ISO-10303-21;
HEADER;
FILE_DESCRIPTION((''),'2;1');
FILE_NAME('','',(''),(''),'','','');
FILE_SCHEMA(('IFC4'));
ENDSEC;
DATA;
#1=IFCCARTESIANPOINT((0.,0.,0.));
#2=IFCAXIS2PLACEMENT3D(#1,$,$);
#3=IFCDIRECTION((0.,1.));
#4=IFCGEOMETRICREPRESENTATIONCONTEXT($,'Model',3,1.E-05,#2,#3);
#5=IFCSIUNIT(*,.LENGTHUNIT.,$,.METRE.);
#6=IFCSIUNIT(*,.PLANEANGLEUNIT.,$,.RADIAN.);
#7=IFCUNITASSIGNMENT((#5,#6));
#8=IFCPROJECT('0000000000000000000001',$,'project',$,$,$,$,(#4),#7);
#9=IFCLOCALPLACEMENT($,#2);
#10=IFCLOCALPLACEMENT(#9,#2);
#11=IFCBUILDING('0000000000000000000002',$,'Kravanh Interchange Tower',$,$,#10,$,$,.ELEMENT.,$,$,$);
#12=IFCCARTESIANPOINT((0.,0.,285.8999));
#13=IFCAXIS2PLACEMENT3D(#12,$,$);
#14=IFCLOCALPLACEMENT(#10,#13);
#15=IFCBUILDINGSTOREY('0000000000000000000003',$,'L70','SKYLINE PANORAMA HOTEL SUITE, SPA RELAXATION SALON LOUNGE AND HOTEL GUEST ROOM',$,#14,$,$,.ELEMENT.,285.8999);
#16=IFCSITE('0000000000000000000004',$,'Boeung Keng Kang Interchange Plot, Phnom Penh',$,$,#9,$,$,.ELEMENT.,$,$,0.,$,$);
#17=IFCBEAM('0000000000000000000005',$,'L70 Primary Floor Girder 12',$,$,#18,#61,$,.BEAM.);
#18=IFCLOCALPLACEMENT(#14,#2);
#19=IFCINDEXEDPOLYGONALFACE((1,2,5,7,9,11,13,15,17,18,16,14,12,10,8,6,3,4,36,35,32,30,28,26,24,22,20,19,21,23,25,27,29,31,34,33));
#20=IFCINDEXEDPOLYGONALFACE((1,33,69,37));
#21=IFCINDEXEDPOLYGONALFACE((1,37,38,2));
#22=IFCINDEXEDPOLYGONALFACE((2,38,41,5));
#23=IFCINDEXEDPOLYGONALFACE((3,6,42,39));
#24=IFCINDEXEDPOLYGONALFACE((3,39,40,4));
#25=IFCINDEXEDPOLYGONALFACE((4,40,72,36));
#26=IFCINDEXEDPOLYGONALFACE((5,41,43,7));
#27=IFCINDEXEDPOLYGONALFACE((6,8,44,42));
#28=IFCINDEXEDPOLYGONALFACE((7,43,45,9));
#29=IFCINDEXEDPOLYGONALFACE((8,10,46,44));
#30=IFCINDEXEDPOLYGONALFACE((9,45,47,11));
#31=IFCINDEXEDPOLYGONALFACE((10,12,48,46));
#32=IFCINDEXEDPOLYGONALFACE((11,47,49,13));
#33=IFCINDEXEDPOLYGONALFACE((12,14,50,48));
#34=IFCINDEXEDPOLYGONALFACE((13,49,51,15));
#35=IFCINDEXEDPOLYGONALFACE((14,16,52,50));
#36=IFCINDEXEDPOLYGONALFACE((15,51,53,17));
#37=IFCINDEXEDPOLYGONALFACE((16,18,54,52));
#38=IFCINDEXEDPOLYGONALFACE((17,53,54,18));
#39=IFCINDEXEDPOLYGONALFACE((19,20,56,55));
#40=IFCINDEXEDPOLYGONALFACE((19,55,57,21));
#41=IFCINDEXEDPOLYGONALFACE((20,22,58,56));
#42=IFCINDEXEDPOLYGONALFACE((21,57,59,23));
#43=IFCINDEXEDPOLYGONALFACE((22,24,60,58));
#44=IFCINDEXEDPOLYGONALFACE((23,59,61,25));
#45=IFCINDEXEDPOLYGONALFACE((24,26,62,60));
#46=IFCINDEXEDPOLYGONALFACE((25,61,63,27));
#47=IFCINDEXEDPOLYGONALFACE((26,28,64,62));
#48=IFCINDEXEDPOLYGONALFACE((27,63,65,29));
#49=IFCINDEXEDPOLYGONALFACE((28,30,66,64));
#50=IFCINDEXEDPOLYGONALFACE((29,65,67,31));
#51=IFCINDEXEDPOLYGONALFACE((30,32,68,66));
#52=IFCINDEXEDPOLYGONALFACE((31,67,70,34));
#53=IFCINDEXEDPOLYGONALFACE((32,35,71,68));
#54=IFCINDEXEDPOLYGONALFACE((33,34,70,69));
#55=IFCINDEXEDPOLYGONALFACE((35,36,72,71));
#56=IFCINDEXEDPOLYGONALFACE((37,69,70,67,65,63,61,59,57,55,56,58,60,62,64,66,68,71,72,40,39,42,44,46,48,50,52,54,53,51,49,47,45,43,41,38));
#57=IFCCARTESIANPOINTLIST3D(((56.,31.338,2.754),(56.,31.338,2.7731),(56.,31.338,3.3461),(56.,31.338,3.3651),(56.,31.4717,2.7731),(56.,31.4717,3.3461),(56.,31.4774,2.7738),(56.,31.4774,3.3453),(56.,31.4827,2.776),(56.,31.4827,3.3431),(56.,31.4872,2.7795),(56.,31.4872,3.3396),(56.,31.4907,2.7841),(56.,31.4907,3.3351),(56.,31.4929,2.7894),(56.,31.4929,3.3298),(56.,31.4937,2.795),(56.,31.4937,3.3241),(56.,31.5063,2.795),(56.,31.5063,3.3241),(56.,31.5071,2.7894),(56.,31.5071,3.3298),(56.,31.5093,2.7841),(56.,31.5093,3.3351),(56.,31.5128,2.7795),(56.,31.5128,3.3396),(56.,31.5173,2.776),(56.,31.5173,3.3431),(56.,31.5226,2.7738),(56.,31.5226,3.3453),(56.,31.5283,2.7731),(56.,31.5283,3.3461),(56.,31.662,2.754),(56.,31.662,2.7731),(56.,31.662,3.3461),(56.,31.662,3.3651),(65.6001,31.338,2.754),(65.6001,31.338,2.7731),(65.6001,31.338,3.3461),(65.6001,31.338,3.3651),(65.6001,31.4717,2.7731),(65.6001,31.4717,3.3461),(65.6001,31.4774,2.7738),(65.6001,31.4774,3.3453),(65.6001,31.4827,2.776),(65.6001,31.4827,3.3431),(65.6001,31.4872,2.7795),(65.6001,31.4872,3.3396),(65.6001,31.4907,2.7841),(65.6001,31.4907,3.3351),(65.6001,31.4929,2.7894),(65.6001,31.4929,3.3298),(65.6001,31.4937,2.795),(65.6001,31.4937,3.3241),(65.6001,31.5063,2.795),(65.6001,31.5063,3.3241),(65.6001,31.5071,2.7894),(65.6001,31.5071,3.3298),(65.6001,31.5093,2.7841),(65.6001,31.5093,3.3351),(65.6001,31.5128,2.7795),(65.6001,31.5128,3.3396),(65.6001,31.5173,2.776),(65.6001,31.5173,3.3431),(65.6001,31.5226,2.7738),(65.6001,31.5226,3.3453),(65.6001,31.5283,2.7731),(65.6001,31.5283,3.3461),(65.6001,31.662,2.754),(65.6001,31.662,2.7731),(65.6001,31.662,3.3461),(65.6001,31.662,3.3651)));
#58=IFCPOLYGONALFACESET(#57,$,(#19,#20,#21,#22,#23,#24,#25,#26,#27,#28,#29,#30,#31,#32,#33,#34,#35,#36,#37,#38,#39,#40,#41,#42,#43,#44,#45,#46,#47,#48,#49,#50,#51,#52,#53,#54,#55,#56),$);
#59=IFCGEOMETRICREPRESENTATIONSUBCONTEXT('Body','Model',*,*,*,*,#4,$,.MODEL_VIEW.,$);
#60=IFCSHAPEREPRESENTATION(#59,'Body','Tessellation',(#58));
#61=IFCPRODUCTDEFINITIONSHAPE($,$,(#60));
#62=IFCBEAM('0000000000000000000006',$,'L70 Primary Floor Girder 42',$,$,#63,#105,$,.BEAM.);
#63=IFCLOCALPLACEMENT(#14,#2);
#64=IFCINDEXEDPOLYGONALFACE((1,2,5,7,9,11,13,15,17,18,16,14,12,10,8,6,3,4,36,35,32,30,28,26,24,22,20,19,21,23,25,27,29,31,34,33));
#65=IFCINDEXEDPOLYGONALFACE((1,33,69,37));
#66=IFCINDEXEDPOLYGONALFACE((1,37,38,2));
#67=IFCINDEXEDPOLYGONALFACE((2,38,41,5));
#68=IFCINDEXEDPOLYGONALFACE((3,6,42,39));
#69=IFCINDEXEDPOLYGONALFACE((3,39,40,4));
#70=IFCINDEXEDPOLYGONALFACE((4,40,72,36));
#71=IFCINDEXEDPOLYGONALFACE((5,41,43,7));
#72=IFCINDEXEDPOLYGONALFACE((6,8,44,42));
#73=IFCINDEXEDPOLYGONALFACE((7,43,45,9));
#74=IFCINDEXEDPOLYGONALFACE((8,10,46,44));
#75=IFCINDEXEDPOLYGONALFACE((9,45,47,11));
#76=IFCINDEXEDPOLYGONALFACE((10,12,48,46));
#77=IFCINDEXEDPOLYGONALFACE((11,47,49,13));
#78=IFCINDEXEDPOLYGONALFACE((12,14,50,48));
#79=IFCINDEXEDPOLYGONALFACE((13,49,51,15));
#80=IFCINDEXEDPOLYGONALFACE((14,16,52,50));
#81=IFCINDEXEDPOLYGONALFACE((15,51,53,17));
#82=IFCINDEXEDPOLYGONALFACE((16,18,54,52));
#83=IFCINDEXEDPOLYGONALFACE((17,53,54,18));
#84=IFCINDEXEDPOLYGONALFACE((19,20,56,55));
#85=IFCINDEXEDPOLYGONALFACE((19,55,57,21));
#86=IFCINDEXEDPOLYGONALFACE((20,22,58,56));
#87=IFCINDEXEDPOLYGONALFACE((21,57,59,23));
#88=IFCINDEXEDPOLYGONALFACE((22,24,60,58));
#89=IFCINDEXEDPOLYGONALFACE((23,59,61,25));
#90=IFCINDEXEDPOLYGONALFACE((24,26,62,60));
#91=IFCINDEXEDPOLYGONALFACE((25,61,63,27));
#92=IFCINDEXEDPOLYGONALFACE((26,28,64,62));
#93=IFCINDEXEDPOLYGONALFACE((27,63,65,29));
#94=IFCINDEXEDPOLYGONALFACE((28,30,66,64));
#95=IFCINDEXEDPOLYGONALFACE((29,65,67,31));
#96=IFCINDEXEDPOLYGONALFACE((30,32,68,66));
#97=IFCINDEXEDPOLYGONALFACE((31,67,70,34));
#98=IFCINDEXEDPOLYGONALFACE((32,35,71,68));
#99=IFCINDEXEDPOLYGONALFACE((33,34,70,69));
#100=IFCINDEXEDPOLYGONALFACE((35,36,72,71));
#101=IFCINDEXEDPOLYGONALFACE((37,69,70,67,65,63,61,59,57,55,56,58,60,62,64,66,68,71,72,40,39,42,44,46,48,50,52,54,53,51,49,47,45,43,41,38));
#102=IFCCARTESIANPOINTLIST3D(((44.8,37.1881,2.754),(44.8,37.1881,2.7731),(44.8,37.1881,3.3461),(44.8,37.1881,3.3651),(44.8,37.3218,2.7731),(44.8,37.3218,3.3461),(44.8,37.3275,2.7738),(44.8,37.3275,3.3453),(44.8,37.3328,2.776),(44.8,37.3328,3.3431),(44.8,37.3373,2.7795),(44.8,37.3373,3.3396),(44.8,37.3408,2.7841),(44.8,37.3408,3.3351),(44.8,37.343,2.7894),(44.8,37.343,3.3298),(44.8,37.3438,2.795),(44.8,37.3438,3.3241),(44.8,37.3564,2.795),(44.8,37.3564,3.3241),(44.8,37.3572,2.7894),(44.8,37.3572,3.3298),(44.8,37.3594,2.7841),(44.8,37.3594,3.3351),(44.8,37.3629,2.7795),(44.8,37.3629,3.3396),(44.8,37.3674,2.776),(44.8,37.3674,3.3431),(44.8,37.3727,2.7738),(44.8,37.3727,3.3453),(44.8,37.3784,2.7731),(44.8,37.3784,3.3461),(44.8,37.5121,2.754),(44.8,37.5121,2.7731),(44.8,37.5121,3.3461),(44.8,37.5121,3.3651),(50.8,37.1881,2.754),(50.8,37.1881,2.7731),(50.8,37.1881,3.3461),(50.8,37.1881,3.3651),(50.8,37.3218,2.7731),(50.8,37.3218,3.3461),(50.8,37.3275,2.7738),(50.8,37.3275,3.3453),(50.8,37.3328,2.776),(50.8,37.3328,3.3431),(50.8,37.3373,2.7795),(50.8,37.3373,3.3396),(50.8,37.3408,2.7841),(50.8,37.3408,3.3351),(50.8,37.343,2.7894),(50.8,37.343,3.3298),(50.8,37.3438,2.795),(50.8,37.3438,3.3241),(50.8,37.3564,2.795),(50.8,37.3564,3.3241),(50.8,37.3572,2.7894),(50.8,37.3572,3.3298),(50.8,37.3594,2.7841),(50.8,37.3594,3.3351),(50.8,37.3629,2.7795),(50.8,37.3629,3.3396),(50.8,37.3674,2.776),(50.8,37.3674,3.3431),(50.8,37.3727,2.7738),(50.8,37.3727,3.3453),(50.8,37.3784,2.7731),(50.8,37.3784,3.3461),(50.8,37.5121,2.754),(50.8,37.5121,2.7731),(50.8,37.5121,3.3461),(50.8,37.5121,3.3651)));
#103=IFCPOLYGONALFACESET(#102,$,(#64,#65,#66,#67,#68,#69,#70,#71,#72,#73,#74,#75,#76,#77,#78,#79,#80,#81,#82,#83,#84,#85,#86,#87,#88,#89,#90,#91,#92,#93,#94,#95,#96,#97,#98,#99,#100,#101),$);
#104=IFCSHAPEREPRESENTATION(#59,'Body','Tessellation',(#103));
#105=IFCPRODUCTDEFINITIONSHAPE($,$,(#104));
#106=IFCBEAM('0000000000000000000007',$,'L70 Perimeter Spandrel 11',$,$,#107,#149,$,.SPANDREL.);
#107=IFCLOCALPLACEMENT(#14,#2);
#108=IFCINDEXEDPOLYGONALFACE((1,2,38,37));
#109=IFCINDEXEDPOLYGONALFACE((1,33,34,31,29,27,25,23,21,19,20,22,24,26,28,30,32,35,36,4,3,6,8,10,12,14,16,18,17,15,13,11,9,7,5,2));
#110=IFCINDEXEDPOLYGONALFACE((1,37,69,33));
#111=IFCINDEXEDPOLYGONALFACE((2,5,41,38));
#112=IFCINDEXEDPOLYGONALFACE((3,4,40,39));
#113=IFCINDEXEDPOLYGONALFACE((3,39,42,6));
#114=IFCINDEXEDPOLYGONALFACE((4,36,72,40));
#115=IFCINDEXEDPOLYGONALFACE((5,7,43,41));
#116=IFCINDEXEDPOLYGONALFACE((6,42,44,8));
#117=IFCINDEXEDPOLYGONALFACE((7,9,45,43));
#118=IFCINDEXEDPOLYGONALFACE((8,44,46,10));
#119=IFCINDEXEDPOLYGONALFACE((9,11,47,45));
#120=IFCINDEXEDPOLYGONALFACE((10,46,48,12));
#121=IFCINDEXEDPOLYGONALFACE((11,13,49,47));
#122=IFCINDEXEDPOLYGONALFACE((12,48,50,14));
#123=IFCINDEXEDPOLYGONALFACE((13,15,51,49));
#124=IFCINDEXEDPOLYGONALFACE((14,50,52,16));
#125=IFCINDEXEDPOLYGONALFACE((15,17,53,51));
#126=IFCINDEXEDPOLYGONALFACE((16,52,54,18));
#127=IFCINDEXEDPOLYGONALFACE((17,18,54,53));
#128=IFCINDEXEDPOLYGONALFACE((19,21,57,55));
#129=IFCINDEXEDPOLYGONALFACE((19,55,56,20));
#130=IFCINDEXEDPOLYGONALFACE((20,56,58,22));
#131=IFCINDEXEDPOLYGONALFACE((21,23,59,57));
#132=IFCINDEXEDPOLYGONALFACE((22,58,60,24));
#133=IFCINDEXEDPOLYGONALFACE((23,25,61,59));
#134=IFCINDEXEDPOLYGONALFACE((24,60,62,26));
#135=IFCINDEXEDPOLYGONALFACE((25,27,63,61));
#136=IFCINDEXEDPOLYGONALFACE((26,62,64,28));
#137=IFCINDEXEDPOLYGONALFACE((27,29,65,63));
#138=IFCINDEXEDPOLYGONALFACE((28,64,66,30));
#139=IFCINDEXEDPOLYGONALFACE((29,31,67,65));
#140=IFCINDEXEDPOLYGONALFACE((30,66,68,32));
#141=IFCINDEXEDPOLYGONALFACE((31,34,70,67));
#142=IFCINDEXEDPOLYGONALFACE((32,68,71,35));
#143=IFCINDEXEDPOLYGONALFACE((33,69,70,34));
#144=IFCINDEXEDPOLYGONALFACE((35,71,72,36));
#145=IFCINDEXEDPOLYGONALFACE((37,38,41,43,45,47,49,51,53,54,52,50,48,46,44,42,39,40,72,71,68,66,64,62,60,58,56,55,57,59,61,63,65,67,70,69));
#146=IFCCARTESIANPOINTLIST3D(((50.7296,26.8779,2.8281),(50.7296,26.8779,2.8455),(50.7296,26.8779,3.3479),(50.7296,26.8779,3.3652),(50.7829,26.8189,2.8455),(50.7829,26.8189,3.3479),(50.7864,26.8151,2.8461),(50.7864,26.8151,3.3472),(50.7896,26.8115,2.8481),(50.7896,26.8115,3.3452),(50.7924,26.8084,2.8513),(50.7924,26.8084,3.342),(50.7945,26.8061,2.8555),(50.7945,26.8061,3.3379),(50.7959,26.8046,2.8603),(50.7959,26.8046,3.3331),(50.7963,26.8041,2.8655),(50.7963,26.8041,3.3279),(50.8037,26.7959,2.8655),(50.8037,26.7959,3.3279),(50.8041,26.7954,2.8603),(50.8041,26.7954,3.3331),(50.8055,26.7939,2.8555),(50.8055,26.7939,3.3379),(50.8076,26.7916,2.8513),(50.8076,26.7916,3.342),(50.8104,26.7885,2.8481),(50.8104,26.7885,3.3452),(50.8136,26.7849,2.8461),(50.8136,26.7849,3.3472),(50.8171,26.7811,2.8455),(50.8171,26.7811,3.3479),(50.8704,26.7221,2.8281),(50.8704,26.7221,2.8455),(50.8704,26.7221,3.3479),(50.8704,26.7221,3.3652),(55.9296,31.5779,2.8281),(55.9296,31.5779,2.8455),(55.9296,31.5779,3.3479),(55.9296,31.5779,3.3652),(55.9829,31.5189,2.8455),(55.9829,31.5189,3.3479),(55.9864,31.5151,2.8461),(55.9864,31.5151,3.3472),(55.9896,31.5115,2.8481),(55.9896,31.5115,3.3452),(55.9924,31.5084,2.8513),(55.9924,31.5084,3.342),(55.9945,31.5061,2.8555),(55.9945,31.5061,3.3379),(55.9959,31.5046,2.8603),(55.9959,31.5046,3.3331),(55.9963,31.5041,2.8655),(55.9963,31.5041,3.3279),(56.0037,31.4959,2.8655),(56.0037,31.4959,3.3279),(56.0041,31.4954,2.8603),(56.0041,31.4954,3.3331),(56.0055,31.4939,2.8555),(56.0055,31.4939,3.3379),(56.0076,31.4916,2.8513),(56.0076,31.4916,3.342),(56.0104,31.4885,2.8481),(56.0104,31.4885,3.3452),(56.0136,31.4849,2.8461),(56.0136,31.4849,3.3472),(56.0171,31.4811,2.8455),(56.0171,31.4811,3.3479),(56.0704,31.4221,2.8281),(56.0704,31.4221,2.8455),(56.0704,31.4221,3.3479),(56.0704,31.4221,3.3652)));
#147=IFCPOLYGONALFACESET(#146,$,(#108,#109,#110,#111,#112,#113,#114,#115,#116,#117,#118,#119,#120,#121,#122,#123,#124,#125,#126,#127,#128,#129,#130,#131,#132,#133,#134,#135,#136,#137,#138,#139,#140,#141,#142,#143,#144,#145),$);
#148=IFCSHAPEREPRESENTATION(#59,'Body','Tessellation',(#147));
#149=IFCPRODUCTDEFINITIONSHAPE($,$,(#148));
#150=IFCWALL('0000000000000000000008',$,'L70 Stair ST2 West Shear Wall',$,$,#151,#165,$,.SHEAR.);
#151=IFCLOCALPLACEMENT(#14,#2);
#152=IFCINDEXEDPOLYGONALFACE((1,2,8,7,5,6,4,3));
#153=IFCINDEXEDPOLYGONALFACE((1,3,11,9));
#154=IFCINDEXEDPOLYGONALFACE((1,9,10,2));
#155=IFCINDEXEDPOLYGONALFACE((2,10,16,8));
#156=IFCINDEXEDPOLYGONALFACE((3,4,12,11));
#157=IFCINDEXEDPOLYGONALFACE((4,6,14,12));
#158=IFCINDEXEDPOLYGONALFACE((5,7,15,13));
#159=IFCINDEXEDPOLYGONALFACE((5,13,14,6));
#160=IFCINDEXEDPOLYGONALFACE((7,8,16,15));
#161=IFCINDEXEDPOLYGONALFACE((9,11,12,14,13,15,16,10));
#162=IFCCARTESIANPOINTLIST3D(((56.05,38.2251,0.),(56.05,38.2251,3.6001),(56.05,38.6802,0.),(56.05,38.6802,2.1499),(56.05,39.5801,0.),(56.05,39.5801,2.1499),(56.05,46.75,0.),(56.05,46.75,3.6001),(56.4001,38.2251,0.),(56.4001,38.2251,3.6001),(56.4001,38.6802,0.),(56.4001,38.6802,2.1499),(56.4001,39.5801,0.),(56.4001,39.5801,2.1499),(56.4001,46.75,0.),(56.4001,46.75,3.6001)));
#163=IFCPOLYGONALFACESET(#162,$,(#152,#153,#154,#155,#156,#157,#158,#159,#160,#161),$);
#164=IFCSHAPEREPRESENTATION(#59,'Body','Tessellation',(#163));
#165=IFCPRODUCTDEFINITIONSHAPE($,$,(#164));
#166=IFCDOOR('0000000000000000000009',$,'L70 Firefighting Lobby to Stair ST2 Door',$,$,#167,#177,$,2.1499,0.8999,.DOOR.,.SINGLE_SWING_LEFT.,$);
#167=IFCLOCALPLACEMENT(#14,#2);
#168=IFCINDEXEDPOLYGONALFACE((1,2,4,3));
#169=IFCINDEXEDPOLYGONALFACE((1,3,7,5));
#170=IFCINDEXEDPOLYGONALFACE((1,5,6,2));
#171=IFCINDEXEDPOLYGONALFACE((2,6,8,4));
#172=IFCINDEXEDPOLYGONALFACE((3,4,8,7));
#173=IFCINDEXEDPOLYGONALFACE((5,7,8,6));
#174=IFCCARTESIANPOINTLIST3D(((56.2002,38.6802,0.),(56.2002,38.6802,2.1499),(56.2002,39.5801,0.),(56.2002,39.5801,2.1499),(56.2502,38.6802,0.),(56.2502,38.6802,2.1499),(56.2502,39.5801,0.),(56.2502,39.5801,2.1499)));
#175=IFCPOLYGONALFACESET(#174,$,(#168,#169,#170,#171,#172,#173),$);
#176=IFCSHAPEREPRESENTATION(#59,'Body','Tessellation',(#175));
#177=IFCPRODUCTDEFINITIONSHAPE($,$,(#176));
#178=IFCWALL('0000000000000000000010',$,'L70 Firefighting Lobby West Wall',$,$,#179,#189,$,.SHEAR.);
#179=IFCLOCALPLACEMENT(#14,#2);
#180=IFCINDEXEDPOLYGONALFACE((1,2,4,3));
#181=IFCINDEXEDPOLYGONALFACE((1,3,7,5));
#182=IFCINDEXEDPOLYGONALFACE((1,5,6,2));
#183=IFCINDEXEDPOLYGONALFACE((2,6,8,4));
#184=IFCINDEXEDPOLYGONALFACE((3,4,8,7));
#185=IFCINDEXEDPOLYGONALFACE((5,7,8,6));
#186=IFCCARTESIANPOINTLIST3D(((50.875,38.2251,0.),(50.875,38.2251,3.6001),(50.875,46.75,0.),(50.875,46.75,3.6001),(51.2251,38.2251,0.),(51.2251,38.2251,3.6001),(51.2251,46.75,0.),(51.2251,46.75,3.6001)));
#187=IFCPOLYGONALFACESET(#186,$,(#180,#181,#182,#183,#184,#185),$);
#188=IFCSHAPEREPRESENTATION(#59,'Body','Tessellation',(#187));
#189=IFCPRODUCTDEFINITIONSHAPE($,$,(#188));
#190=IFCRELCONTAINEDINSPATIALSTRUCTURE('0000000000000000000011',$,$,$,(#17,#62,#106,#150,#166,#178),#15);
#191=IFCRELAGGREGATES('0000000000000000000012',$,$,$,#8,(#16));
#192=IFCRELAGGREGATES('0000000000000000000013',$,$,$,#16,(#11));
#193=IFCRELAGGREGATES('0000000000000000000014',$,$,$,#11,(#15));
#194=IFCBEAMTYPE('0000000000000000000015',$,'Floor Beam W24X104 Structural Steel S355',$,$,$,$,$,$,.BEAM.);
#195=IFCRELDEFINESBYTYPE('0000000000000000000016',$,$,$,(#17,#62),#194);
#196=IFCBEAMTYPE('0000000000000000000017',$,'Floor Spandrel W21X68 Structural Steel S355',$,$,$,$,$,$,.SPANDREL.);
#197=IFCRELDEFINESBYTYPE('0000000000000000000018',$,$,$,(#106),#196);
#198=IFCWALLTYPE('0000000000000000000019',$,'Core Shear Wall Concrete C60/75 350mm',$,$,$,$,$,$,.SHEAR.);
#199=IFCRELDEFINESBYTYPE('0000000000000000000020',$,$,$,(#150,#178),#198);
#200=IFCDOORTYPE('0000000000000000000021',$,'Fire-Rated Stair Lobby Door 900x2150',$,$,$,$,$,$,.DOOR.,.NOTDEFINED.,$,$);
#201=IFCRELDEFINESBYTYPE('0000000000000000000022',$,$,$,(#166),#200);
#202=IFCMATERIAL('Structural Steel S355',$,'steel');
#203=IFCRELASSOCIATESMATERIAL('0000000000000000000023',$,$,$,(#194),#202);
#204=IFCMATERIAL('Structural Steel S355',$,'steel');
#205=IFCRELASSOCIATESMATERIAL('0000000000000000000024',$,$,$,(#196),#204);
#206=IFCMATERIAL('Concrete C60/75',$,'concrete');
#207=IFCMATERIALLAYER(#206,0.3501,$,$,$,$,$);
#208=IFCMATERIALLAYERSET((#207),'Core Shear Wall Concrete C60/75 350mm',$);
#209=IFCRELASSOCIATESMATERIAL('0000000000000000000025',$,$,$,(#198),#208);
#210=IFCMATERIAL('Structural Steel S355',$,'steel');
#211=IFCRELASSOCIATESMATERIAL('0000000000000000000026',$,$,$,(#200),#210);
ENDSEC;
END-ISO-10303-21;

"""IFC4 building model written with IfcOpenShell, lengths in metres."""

from ifc_helpers import new_model, si_unit, direction, frame, frame_2d, origin, origin_2d, place, context, subcontext, project, spatial, rectangle, i_section, extrude, material, layer, layer_set, material_profile, profile_set, type_object, element, fill, save


model = new_model("IFC4")

# Units and contexts
model_context = context("Model", 3, precision=1e-05, world=origin(), true_north=direction((0.0, 1.0)))
body_context = subcontext(model_context, "Body", "Model", "MODEL_VIEW")
ifc_project = project(units=[si_unit("LENGTHUNIT", "METRE"), si_unit("PLANEANGLEUNIT", "RADIAN")], contexts=[model_context])

# Site, building, storey
site_placement = place(None, origin())
site = spatial("IfcSite", under=ifc_project, at=site_placement, Name="Boeung Keng Kang Interchange Plot, Phnom Penh", CompositionType="ELEMENT", RefElevation=0.0)
building_placement = place(site_placement, origin())
building = spatial("IfcBuilding", under=site, at=building_placement, Name="Kravanh Interchange Tower", CompositionType="ELEMENT")
storey_placement = place(building_placement, frame((0.0, 0.0, 285.8999)))
storey = spatial("IfcBuildingStorey", under=building, at=storey_placement, Name="L70", Description="SKYLINE PANORAMA HOTEL SUITE, SPA RELAXATION SALON LOUNGE AND HOTEL GUEST ROOM", CompositionType="ELEMENT", Elevation=285.8999)

# Beams
ifc_material_1 = material(Name="Structural Steel S355", Category="steel")
ifc_material_profile_1 = material_profile(ifc_material_1, i_section(OverallWidth=0.324, OverallDepth=0.6111, WebThickness=0.0127, FlangeThickness=0.019, FilletRadius=0.022, at=origin_2d()), Name="W24X104")
ifc_profile_set_1 = profile_set([ifc_material_profile_1], Name="Structural Steel S355")
beam_type_1 = type_object("IfcBeamType", Name="Floor Beam W24X104 Structural Steel S355", PredefinedType="BEAM", material=ifc_profile_set_1)
beam_1_placement = place(storey_placement, frame((56.0, 31.5, 3.0596), z_axis=(1.0, 0.0, 0.0), x_axis=(0.0, 1.0, 0.0)))
element("IfcBeam", 1, at=beam_1_placement, inside=storey, type_object=beam_type_1, Name="L70 Primary Floor Girder 12", PredefinedType="BEAM", context=body_context, shape_type="SweptSolid", body=[
    extrude(i_section(OverallWidth=0.324, OverallDepth=0.6111, WebThickness=0.0127, FlangeThickness=0.019, FilletRadius=0.022, at=origin_2d()), origin(), (0.0, 0.0, 1.0), 9.6001),
])
beam_2_placement = place(storey_placement, frame((50.8, 37.3501, 3.0596), z_axis=(-1.0, 0.0, 0.0), x_axis=(0.0, -1.0, 0.0)))
element("IfcBeam", 2, at=beam_2_placement, inside=storey, type_object=beam_type_1, Name="L70 Primary Floor Girder 42", PredefinedType="BEAM", context=body_context, shape_type="SweptSolid", body=[
    extrude(i_section(OverallWidth=0.324, OverallDepth=0.6111, WebThickness=0.0127, FlangeThickness=0.019, FilletRadius=0.022, at=origin_2d()), origin(), (0.0, 0.0, 1.0), 6.0),
])
ifc_material_2 = material(Name="Structural Steel S355", Category="steel")
ifc_material_profile_2 = material_profile(ifc_material_2, i_section(OverallWidth=0.21, OverallDepth=0.5371, WebThickness=0.011, FlangeThickness=0.0173, FilletRadius=0.02, at=origin_2d()), Name="W21X68")
ifc_profile_set_2 = profile_set([ifc_material_profile_2], Name="Structural Steel S355")
beam_type_2 = type_object("IfcBeamType", Name="Floor Spandrel W21X68 Structural Steel S355", PredefinedType="SPANDREL", material=ifc_profile_set_2)
beam_3_placement = place(storey_placement, frame((56.0, 31.5, 3.0967), z_axis=(-0.741874, -0.670539, 0.0), x_axis=(0.670539, -0.741874, 0.0)))
element("IfcBeam", 3, at=beam_3_placement, inside=storey, type_object=beam_type_2, Name="L70 Perimeter Spandrel 11", PredefinedType="SPANDREL", context=body_context, shape_type="SweptSolid", body=[
    extrude(i_section(OverallWidth=0.21, OverallDepth=0.5371, WebThickness=0.011, FlangeThickness=0.0173, FilletRadius=0.02, at=origin_2d()), origin(), (0.0, 0.0, 1.0), 7.0093),
])

# Wall, opening, door
ifc_material_3 = material(Name="Concrete C60/75", Category="concrete")
ifc_layer_1 = layer(ifc_material_3, 0.3501)
ifc_layer_set_1 = layer_set([ifc_layer_1], Name="Core Shear Wall Concrete C60/75 350mm")
wall_type_1 = type_object("IfcWallType", Name="Core Shear Wall Concrete C60/75 350mm", PredefinedType="SHEAR", material=ifc_layer_set_1)
wall_1_placement = place(storey_placement, frame((56.2251, 38.2251, 0.0), z_axis=(0.0, 0.0, 1.0), x_axis=(0.0, 1.0, 0.0)))
wall_1 = element("IfcWall", 4, at=wall_1_placement, inside=storey, type_object=wall_type_1, Name="L70 Stair ST2 West Shear Wall", PredefinedType="SHEAR", context=body_context, shape_type="SweptSolid", body=[
    extrude(rectangle(XDim=8.5249, YDim=0.3501, at=frame_2d((4.2625, 0.0))), origin(), (0.0, 0.0, 1.0), 3.6001),
])
opening_1_placement = place(wall_1_placement, frame((0.4551, 0.0, 0.0)))
opening_1 = element("IfcOpeningElement", 5, at=opening_1_placement, cuts=wall_1, PredefinedType="OPENING", context=body_context, shape_type="SweptSolid", body=[
    extrude(rectangle(XDim=0.8999, YDim=2.1499, at=frame_2d((0.45, 1.075))), frame((0.0, 0.1851, 0.0), z_axis=(0.0, -1.0, 0.0), x_axis=(1.0, 0.0, 0.0)), (0.0, 0.0, 1.0), 0.3701),
])
ifc_material_4 = material(Name="Structural Steel S355", Category="steel")
door_type_1 = type_object("IfcDoorType", Name="Fire-Rated Stair Lobby Door 900x2150", OperationType="NOTDEFINED", PredefinedType="DOOR", material=ifc_material_4)
door_1_placement = place(opening_1_placement, origin())
door_1 = element("IfcDoor", 6, at=door_1_placement, inside=storey, type_object=door_type_1, Name="L70 Firefighting Lobby to Stair ST2 Door", OperationType="SINGLE_SWING_LEFT", OverallHeight=2.1499, OverallWidth=0.8999, PredefinedType="DOOR", context=body_context, shape_type="SweptSolid", body=[
    extrude(rectangle(XDim=0.8999, YDim=2.1499, at=frame_2d((0.45, 1.075))), frame((0.0, 0.0249, 0.0), z_axis=(0.0, -1.0, 0.0), x_axis=(1.0, 0.0, 0.0)), (0.0, 0.0, 1.0), 0.05),
])
fill(opening_1, door_1)

# Wall
wall_2_placement = place(storey_placement, frame((51.05, 38.2251, 0.0), z_axis=(0.0, 0.0, 1.0), x_axis=(0.0, 1.0, 0.0)))
element("IfcWall", 7, at=wall_2_placement, inside=storey, type_object=wall_type_1, Name="L70 Firefighting Lobby West Wall", PredefinedType="SHEAR", context=body_context, shape_type="SweptSolid", body=[
    extrude(rectangle(XDim=8.5249, YDim=0.3501, at=frame_2d((4.2625, 0.0))), origin(), (0.0, 0.0, 1.0), 3.6001),
])

save(model, "model.ifc")
